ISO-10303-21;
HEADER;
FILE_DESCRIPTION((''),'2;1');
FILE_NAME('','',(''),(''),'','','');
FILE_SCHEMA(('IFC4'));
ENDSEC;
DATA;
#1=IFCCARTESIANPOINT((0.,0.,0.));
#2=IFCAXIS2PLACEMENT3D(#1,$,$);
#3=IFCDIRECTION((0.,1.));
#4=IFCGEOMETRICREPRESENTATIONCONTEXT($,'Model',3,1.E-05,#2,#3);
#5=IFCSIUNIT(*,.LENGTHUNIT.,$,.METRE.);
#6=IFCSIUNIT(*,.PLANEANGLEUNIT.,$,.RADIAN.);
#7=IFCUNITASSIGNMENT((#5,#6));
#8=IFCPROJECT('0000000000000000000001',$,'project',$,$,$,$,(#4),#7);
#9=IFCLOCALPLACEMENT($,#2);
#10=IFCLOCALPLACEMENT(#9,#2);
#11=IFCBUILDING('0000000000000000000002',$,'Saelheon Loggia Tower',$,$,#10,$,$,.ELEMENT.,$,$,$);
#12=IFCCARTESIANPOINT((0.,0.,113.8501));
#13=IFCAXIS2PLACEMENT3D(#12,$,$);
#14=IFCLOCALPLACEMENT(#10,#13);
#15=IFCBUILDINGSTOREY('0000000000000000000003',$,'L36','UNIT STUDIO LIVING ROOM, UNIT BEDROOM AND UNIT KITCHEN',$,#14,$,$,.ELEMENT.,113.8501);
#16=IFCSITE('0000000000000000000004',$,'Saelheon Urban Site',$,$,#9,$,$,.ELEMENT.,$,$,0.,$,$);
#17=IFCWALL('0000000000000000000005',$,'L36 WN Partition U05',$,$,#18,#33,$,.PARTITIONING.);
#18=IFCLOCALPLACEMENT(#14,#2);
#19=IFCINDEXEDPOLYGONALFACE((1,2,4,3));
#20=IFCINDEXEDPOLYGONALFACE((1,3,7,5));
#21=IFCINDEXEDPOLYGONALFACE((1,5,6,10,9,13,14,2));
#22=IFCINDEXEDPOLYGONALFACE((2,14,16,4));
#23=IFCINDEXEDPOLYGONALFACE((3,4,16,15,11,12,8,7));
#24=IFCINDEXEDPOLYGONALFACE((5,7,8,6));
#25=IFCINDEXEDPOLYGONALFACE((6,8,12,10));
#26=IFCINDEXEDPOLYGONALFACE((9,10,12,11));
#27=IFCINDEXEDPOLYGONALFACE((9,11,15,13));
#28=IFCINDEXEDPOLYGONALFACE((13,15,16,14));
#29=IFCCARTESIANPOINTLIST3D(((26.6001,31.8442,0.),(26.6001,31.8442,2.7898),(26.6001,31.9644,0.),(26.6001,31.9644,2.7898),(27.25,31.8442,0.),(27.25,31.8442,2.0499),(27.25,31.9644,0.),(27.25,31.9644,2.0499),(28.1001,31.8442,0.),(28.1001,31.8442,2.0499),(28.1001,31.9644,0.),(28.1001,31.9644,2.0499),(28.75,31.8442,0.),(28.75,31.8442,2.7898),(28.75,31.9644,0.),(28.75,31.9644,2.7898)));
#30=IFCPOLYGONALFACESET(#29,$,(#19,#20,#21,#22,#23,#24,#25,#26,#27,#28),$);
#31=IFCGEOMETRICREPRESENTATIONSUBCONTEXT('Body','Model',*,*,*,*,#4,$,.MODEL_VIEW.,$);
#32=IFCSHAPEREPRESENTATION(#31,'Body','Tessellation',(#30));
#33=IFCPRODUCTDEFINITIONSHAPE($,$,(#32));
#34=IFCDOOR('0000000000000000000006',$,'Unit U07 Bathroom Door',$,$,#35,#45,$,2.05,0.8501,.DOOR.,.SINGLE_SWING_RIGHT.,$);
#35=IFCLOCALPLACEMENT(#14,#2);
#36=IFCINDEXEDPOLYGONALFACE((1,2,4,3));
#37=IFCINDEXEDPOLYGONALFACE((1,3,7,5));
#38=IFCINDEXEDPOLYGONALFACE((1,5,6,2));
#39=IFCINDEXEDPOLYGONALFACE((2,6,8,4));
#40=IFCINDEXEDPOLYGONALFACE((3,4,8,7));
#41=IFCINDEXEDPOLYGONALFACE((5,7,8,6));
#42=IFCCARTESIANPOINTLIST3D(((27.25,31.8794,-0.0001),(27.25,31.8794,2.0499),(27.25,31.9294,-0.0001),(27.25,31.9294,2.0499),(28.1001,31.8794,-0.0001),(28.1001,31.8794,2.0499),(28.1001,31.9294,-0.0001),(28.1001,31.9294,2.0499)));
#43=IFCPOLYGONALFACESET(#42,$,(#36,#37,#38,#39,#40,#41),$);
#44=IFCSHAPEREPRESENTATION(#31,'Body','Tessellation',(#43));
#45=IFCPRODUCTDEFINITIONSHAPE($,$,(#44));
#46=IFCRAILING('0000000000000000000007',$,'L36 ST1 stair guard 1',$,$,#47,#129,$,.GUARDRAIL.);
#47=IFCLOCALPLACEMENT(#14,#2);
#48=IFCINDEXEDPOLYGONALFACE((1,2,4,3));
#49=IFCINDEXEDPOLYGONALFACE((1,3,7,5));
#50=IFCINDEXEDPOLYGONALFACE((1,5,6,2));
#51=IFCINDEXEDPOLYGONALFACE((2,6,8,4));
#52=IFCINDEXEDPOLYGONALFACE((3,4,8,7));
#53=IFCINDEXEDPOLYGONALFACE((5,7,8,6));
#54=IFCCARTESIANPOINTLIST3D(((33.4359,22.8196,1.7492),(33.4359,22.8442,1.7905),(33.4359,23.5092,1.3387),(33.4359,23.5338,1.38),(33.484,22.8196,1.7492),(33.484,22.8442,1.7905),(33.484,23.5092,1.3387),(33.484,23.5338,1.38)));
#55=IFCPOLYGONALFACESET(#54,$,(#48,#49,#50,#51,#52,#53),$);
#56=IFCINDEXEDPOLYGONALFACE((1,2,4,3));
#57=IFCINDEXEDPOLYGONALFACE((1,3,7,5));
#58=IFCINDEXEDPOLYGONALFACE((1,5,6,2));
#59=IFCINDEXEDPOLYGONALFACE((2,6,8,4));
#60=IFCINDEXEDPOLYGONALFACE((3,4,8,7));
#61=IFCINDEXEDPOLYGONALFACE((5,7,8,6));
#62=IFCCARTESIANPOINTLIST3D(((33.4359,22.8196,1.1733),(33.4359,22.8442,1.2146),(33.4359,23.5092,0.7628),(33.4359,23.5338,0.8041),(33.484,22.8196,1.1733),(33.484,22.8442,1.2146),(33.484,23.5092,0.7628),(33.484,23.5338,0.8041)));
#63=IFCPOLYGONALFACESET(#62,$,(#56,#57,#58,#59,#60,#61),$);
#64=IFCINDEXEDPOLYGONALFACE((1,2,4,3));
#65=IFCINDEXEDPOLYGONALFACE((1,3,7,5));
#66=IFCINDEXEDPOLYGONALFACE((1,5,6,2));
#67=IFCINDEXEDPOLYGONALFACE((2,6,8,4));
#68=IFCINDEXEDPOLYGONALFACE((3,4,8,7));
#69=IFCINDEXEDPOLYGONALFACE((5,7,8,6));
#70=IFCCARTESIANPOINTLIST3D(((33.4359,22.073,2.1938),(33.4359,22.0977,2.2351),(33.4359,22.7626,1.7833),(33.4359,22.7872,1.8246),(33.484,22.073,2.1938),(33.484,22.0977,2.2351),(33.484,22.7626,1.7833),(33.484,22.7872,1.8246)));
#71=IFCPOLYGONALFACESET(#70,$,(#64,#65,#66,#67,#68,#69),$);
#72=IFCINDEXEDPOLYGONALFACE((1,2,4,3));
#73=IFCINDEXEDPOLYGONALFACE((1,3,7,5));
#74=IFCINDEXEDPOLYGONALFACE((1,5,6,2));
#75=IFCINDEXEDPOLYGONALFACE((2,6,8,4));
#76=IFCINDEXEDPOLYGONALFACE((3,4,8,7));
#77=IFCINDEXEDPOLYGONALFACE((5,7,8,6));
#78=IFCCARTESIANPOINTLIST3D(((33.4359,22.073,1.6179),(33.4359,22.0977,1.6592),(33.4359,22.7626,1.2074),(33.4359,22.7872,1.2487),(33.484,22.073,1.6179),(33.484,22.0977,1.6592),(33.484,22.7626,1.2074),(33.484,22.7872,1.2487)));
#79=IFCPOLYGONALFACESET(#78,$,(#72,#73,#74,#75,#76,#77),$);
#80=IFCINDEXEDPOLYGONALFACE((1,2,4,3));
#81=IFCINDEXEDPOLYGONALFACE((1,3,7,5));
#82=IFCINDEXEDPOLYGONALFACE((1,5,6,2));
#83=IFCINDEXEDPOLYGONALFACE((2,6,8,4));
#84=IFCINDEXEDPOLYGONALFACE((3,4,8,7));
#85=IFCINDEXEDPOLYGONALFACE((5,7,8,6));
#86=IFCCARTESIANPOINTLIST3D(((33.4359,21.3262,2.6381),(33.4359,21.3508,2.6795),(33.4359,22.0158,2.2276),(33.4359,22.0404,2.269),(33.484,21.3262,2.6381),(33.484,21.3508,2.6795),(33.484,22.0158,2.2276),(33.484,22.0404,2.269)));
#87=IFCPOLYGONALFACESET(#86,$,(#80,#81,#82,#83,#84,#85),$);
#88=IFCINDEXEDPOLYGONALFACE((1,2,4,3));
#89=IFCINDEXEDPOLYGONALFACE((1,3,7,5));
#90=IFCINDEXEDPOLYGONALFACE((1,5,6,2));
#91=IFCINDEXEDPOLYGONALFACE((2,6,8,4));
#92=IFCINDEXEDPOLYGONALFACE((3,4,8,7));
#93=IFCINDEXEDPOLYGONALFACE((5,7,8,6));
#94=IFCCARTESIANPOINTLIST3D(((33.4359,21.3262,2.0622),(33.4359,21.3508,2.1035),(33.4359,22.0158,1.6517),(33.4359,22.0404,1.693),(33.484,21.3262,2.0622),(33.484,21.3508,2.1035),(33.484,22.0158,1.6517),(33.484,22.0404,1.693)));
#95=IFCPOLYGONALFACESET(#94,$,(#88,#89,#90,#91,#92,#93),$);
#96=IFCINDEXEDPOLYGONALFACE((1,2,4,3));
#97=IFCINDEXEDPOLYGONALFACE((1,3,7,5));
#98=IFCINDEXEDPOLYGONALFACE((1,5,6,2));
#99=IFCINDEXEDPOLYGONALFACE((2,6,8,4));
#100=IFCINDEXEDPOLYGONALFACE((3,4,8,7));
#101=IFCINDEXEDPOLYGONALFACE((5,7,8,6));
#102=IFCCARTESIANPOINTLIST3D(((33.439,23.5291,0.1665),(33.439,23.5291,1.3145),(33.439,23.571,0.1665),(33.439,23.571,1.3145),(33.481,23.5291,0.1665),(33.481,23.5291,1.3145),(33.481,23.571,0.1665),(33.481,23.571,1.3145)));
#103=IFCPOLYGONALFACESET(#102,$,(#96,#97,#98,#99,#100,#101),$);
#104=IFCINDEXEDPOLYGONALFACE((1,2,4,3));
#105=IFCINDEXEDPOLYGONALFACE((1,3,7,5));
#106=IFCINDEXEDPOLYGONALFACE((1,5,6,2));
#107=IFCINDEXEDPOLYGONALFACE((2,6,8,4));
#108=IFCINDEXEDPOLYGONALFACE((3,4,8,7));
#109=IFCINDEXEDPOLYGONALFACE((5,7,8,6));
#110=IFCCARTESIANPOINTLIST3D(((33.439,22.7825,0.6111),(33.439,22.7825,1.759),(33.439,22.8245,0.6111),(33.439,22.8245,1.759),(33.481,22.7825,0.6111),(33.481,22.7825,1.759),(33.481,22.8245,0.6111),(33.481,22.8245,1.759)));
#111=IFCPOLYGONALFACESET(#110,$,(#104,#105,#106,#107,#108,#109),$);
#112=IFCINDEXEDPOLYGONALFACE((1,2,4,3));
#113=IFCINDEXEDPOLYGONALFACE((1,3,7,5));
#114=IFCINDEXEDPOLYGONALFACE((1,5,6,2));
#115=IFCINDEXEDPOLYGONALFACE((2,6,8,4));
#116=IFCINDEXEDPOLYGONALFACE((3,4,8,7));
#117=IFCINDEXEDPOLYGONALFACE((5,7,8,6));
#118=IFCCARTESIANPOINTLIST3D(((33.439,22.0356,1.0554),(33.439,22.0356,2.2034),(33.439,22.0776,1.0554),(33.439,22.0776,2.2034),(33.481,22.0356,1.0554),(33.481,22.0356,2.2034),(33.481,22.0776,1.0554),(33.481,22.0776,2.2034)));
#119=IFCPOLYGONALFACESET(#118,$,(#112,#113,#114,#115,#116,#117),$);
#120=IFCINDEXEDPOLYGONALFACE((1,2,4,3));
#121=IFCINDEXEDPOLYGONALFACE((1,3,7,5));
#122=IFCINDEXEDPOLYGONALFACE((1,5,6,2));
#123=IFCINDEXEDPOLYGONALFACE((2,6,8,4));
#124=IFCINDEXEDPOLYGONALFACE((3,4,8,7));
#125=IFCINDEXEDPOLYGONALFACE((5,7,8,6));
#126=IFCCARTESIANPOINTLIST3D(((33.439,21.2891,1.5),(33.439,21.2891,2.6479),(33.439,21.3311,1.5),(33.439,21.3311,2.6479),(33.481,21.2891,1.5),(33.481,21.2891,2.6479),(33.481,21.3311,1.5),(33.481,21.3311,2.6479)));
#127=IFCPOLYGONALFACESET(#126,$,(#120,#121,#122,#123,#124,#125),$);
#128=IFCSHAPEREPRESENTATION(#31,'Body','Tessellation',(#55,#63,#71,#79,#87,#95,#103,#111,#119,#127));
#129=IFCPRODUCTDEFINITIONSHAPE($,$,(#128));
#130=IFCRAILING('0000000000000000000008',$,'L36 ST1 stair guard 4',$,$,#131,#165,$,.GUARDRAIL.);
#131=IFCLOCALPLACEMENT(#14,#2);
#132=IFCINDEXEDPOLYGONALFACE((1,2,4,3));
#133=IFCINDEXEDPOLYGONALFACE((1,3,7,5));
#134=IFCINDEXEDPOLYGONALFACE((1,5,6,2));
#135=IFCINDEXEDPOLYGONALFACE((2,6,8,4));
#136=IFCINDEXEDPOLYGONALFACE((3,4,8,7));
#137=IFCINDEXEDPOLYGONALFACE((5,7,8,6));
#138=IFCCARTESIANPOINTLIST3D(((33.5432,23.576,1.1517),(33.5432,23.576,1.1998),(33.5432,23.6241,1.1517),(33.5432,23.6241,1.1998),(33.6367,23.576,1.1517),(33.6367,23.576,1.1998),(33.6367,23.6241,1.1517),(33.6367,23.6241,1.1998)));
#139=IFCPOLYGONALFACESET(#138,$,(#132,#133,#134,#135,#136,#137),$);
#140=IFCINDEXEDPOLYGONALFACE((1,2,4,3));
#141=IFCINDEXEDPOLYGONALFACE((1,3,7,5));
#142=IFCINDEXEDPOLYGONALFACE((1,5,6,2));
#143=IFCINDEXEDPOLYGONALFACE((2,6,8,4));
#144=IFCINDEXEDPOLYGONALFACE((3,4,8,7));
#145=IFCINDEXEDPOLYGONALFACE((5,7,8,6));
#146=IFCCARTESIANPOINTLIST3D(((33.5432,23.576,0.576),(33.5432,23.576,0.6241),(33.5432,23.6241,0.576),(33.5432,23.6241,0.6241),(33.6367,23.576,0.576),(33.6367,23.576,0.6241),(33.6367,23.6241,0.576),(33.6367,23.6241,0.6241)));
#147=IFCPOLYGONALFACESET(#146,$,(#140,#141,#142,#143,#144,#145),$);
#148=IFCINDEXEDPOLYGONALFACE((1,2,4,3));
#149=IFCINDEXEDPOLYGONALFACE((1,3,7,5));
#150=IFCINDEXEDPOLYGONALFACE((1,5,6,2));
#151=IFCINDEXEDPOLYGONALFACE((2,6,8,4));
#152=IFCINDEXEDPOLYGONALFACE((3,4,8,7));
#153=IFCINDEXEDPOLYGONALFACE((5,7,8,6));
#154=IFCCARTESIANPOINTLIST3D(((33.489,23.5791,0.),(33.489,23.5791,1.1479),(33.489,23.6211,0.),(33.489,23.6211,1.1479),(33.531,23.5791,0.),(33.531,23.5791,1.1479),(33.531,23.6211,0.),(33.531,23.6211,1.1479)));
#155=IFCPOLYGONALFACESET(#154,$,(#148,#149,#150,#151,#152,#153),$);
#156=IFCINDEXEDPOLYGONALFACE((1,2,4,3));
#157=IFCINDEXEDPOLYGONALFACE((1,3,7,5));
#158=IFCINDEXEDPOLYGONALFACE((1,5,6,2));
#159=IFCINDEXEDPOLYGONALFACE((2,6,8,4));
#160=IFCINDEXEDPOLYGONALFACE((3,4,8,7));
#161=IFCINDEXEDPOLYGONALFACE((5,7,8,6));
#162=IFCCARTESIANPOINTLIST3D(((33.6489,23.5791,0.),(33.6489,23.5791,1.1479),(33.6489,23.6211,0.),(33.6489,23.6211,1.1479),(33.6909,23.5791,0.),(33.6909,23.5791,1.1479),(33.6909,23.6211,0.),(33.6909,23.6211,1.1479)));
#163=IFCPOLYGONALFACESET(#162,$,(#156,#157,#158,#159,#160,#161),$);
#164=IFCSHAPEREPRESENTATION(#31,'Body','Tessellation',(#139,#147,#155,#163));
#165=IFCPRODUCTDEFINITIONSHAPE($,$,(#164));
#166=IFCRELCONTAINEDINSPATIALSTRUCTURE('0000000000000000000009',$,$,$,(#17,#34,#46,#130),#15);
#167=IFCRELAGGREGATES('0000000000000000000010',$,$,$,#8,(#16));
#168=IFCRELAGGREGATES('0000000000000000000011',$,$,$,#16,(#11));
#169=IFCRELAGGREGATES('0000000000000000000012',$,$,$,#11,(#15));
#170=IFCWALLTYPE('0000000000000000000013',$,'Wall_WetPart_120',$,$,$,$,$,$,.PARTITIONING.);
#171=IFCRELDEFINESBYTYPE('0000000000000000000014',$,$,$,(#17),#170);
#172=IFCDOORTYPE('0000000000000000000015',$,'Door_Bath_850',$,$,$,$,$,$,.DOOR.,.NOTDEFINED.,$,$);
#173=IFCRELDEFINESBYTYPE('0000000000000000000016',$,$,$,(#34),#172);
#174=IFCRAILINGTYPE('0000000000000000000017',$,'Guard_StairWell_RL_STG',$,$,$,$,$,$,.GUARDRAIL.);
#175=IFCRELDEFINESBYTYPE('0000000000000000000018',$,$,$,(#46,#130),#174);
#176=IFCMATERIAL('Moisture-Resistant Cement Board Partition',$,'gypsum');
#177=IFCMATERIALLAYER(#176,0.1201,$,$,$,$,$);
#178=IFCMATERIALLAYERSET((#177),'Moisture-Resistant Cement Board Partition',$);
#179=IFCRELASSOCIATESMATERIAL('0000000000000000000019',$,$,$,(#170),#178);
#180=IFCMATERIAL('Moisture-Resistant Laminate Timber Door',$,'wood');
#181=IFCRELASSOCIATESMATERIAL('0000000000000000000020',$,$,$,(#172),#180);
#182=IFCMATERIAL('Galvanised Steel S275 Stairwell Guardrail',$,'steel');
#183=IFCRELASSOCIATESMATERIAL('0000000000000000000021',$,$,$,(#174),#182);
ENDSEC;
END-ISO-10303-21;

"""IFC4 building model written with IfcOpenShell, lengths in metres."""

from ifc_helpers import new_model, si_unit, direction, frame, frame_2d, origin, origin_2d, place, context, subcontext, project, spatial, rectangle, extrude, source, transform, mapped, material, layer, layer_set, type_object, element, fill, save


model = new_model("IFC4")

# Units and contexts
model_context = context("Model", 3, precision=1e-05, world=origin(), true_north=direction((0.0, 1.0)))
body_context = subcontext(model_context, "Body", "Model", "MODEL_VIEW")
ifc_project = project(units=[si_unit("LENGTHUNIT", "METRE"), si_unit("PLANEANGLEUNIT", "RADIAN")], contexts=[model_context])

# Site, building, storey
site_placement = place(None, origin())
site = spatial("IfcSite", under=ifc_project, at=site_placement, Name="Saelheon Urban Site", CompositionType="ELEMENT", RefElevation=0.0)
building_placement = place(site_placement, origin())
building = spatial("IfcBuilding", under=site, at=building_placement, Name="Saelheon Loggia Tower", CompositionType="ELEMENT")
storey_placement = place(building_placement, frame((0.0, 0.0, 113.8501)))
storey = spatial("IfcBuildingStorey", under=building, at=storey_placement, Name="L36", Description="UNIT STUDIO LIVING ROOM, UNIT BEDROOM AND UNIT KITCHEN", CompositionType="ELEMENT", Elevation=113.8501)

# Wall, opening, door
ifc_material_1 = material(Name="Moisture-Resistant Cement Board Partition", Category="gypsum")
ifc_layer_1 = layer(ifc_material_1, 0.1201)
ifc_layer_set_1 = layer_set([ifc_layer_1], Name="Moisture-Resistant Cement Board Partition")
wall_type_1 = type_object("IfcWallType", Name="Wall_WetPart_120", PredefinedType="PARTITIONING", material=ifc_layer_set_1)
wall_1_placement = place(storey_placement, frame((28.75, 31.9043, 0.0), z_axis=(0.0, 0.0, 1.0), x_axis=(-1.0, 0.0, 0.0)))
wall_1 = element("IfcWall", 1, at=wall_1_placement, inside=storey, type_object=wall_type_1, Name="L36 WN Partition U05", PredefinedType="PARTITIONING", context=body_context, shape_type="SweptSolid", body=[
    extrude(rectangle(XDim=2.1499, YDim=0.1201, at=frame_2d((1.075, 0.0))), origin(), (0.0, 0.0, 1.0), 2.7898),
])
opening_1_placement = place(wall_1_placement, frame((0.6499, 0.0, 0.0)))
opening_1 = element("IfcOpeningElement", 2, at=opening_1_placement, cuts=wall_1, PredefinedType="OPENING", context=body_context, shape_type="SweptSolid", body=[
    extrude(rectangle(XDim=0.8501, YDim=2.05, at=frame_2d((0.425, 1.0249))), frame((0.0, 0.072, 0.0), z_axis=(0.0, -1.0, 0.0), x_axis=(1.0, 0.0, 0.0)), (0.0, 0.0, 1.0), 0.144),
])
ifc_material_2 = material(Name="Moisture-Resistant Laminate Timber Door", Category="wood")
door_type_1 = type_object("IfcDoorType", Name="Door_Bath_850", OperationType="NOTDEFINED", PredefinedType="DOOR", material=ifc_material_2)
shared_shape_1 = source(origin(), body_context, "Body", "SweptSolid", [
    extrude(rectangle(XDim=0.8501, YDim=2.05, at=frame_2d((0.425, 1.0249))), frame((0.0, 0.0249, 0.0), z_axis=(0.0, -1.0, 0.0), x_axis=(1.0, 0.0, 0.0)), (0.0, 0.0, 1.0), 0.05),
])
door_1_placement = place(opening_1_placement, origin())
door_1 = element("IfcDoor", 3, at=door_1_placement, inside=storey, type_object=door_type_1, Name="Unit U07 Bathroom Door", OperationType="SINGLE_SWING_RIGHT", OverallHeight=2.05, OverallWidth=0.8501, PredefinedType="DOOR", context=body_context, shape_type="MappedRepresentation", body=[
    mapped(shared_shape_1, transform((0.0, 0.0, 0.0), scale=1.0)),
])
fill(opening_1, door_1)

# Railings
ifc_material_3 = material(Name="Galvanised Steel S275 Stairwell Guardrail", Category="steel")
railing_type_1 = type_object("IfcRailingType", Name="Guard_StairWell_RL_STG", PredefinedType="GUARDRAIL", material=ifc_material_3)
railing_1_placement = place(storey_placement, frame((33.46, 23.55, 0.1665)))
element("IfcRailing", 4, at=railing_1_placement, inside=storey, type_object=railing_type_1, Name="L36 ST1 stair guard 1", PredefinedType="GUARDRAIL", context=body_context, shape_type="SweptSolid", body=[
    extrude(rectangle(XDim=0.0481, YDim=0.0481, at=origin_2d()), frame((0.0, -0.0286, 1.1929), z_axis=(0.0, -0.859264, 0.511532), x_axis=(1.0, 0.0, 0.0)), (0.0, 0.0, 1.0), 0.8025),
    extrude(rectangle(XDim=0.0481, YDim=0.0481, at=origin_2d()), frame((0.0, -0.0286, 0.6169), z_axis=(0.0, -0.859264, 0.511532), x_axis=(1.0, 0.0, 0.0)), (0.0, 0.0, 1.0), 0.8025),
    extrude(rectangle(XDim=0.0481, YDim=0.0481, at=origin_2d()), frame((0.0, -0.7751, 1.6375), z_axis=(0.0, -0.859264, 0.511532), x_axis=(1.0, 0.0, 0.0)), (0.0, 0.0, 1.0), 0.8025),
    extrude(rectangle(XDim=0.0481, YDim=0.0481, at=origin_2d()), frame((0.0, -0.7751, 1.0615), z_axis=(0.0, -0.859264, 0.511532), x_axis=(1.0, 0.0, 0.0)), (0.0, 0.0, 1.0), 0.8025),
    extrude(rectangle(XDim=0.0481, YDim=0.0481, at=origin_2d()), frame((0.0, -1.522, 2.0818), z_axis=(0.0, -0.859264, 0.511532), x_axis=(1.0, 0.0, 0.0)), (0.0, 0.0, 1.0), 0.8025),
    extrude(rectangle(XDim=0.0481, YDim=0.0481, at=origin_2d()), frame((0.0, -1.522, 1.5059), z_axis=(0.0, -0.859264, 0.511532), x_axis=(1.0, 0.0, 0.0)), (0.0, 0.0, 1.0), 0.8025),
    extrude(rectangle(XDim=0.042, YDim=0.042, at=origin_2d()), origin(), (0.0, 0.0, 1.0), 1.1479),
    extrude(rectangle(XDim=0.042, YDim=0.042, at=origin_2d()), frame((0.0, -0.7466, 0.4446)), (0.0, 0.0, 1.0), 1.1479),
    extrude(rectangle(XDim=0.042, YDim=0.042, at=origin_2d()), frame((0.0, -1.4934, 0.8889)), (0.0, 0.0, 1.0), 1.1479),
    extrude(rectangle(XDim=0.042, YDim=0.042, at=origin_2d()), frame((0.0, -2.24, 1.3335)), (0.0, 0.0, 1.0), 1.1479),
])
railing_2_placement = place(storey_placement, frame((33.51, 23.6001, 0.0)))
element("IfcRailing", 5, at=railing_2_placement, inside=storey, type_object=railing_type_1, Name="L36 ST1 stair guard 4", PredefinedType="GUARDRAIL", context=body_context, shape_type="SweptSolid", body=[
    extrude(rectangle(XDim=0.0481, YDim=0.0481, at=origin_2d()), frame((0.0332, 0.0, 1.1758), z_axis=(1.0, 0.0, 0.0), x_axis=(0.0, 1.0, 0.0)), (0.0, 0.0, 1.0), 0.0935),
    extrude(rectangle(XDim=0.0481, YDim=0.0481, at=origin_2d()), frame((0.0332, 0.0, 0.6001), z_axis=(1.0, 0.0, 0.0), x_axis=(0.0, 1.0, 0.0)), (0.0, 0.0, 1.0), 0.0935),
    extrude(rectangle(XDim=0.042, YDim=0.042, at=origin_2d()), origin(), (0.0, 0.0, 1.0), 1.1479),
    extrude(rectangle(XDim=0.042, YDim=0.042, at=origin_2d()), frame((0.1599, 0.0, 0.0)), (0.0, 0.0, 1.0), 1.1479),
])

save(model, "model.ifc")
